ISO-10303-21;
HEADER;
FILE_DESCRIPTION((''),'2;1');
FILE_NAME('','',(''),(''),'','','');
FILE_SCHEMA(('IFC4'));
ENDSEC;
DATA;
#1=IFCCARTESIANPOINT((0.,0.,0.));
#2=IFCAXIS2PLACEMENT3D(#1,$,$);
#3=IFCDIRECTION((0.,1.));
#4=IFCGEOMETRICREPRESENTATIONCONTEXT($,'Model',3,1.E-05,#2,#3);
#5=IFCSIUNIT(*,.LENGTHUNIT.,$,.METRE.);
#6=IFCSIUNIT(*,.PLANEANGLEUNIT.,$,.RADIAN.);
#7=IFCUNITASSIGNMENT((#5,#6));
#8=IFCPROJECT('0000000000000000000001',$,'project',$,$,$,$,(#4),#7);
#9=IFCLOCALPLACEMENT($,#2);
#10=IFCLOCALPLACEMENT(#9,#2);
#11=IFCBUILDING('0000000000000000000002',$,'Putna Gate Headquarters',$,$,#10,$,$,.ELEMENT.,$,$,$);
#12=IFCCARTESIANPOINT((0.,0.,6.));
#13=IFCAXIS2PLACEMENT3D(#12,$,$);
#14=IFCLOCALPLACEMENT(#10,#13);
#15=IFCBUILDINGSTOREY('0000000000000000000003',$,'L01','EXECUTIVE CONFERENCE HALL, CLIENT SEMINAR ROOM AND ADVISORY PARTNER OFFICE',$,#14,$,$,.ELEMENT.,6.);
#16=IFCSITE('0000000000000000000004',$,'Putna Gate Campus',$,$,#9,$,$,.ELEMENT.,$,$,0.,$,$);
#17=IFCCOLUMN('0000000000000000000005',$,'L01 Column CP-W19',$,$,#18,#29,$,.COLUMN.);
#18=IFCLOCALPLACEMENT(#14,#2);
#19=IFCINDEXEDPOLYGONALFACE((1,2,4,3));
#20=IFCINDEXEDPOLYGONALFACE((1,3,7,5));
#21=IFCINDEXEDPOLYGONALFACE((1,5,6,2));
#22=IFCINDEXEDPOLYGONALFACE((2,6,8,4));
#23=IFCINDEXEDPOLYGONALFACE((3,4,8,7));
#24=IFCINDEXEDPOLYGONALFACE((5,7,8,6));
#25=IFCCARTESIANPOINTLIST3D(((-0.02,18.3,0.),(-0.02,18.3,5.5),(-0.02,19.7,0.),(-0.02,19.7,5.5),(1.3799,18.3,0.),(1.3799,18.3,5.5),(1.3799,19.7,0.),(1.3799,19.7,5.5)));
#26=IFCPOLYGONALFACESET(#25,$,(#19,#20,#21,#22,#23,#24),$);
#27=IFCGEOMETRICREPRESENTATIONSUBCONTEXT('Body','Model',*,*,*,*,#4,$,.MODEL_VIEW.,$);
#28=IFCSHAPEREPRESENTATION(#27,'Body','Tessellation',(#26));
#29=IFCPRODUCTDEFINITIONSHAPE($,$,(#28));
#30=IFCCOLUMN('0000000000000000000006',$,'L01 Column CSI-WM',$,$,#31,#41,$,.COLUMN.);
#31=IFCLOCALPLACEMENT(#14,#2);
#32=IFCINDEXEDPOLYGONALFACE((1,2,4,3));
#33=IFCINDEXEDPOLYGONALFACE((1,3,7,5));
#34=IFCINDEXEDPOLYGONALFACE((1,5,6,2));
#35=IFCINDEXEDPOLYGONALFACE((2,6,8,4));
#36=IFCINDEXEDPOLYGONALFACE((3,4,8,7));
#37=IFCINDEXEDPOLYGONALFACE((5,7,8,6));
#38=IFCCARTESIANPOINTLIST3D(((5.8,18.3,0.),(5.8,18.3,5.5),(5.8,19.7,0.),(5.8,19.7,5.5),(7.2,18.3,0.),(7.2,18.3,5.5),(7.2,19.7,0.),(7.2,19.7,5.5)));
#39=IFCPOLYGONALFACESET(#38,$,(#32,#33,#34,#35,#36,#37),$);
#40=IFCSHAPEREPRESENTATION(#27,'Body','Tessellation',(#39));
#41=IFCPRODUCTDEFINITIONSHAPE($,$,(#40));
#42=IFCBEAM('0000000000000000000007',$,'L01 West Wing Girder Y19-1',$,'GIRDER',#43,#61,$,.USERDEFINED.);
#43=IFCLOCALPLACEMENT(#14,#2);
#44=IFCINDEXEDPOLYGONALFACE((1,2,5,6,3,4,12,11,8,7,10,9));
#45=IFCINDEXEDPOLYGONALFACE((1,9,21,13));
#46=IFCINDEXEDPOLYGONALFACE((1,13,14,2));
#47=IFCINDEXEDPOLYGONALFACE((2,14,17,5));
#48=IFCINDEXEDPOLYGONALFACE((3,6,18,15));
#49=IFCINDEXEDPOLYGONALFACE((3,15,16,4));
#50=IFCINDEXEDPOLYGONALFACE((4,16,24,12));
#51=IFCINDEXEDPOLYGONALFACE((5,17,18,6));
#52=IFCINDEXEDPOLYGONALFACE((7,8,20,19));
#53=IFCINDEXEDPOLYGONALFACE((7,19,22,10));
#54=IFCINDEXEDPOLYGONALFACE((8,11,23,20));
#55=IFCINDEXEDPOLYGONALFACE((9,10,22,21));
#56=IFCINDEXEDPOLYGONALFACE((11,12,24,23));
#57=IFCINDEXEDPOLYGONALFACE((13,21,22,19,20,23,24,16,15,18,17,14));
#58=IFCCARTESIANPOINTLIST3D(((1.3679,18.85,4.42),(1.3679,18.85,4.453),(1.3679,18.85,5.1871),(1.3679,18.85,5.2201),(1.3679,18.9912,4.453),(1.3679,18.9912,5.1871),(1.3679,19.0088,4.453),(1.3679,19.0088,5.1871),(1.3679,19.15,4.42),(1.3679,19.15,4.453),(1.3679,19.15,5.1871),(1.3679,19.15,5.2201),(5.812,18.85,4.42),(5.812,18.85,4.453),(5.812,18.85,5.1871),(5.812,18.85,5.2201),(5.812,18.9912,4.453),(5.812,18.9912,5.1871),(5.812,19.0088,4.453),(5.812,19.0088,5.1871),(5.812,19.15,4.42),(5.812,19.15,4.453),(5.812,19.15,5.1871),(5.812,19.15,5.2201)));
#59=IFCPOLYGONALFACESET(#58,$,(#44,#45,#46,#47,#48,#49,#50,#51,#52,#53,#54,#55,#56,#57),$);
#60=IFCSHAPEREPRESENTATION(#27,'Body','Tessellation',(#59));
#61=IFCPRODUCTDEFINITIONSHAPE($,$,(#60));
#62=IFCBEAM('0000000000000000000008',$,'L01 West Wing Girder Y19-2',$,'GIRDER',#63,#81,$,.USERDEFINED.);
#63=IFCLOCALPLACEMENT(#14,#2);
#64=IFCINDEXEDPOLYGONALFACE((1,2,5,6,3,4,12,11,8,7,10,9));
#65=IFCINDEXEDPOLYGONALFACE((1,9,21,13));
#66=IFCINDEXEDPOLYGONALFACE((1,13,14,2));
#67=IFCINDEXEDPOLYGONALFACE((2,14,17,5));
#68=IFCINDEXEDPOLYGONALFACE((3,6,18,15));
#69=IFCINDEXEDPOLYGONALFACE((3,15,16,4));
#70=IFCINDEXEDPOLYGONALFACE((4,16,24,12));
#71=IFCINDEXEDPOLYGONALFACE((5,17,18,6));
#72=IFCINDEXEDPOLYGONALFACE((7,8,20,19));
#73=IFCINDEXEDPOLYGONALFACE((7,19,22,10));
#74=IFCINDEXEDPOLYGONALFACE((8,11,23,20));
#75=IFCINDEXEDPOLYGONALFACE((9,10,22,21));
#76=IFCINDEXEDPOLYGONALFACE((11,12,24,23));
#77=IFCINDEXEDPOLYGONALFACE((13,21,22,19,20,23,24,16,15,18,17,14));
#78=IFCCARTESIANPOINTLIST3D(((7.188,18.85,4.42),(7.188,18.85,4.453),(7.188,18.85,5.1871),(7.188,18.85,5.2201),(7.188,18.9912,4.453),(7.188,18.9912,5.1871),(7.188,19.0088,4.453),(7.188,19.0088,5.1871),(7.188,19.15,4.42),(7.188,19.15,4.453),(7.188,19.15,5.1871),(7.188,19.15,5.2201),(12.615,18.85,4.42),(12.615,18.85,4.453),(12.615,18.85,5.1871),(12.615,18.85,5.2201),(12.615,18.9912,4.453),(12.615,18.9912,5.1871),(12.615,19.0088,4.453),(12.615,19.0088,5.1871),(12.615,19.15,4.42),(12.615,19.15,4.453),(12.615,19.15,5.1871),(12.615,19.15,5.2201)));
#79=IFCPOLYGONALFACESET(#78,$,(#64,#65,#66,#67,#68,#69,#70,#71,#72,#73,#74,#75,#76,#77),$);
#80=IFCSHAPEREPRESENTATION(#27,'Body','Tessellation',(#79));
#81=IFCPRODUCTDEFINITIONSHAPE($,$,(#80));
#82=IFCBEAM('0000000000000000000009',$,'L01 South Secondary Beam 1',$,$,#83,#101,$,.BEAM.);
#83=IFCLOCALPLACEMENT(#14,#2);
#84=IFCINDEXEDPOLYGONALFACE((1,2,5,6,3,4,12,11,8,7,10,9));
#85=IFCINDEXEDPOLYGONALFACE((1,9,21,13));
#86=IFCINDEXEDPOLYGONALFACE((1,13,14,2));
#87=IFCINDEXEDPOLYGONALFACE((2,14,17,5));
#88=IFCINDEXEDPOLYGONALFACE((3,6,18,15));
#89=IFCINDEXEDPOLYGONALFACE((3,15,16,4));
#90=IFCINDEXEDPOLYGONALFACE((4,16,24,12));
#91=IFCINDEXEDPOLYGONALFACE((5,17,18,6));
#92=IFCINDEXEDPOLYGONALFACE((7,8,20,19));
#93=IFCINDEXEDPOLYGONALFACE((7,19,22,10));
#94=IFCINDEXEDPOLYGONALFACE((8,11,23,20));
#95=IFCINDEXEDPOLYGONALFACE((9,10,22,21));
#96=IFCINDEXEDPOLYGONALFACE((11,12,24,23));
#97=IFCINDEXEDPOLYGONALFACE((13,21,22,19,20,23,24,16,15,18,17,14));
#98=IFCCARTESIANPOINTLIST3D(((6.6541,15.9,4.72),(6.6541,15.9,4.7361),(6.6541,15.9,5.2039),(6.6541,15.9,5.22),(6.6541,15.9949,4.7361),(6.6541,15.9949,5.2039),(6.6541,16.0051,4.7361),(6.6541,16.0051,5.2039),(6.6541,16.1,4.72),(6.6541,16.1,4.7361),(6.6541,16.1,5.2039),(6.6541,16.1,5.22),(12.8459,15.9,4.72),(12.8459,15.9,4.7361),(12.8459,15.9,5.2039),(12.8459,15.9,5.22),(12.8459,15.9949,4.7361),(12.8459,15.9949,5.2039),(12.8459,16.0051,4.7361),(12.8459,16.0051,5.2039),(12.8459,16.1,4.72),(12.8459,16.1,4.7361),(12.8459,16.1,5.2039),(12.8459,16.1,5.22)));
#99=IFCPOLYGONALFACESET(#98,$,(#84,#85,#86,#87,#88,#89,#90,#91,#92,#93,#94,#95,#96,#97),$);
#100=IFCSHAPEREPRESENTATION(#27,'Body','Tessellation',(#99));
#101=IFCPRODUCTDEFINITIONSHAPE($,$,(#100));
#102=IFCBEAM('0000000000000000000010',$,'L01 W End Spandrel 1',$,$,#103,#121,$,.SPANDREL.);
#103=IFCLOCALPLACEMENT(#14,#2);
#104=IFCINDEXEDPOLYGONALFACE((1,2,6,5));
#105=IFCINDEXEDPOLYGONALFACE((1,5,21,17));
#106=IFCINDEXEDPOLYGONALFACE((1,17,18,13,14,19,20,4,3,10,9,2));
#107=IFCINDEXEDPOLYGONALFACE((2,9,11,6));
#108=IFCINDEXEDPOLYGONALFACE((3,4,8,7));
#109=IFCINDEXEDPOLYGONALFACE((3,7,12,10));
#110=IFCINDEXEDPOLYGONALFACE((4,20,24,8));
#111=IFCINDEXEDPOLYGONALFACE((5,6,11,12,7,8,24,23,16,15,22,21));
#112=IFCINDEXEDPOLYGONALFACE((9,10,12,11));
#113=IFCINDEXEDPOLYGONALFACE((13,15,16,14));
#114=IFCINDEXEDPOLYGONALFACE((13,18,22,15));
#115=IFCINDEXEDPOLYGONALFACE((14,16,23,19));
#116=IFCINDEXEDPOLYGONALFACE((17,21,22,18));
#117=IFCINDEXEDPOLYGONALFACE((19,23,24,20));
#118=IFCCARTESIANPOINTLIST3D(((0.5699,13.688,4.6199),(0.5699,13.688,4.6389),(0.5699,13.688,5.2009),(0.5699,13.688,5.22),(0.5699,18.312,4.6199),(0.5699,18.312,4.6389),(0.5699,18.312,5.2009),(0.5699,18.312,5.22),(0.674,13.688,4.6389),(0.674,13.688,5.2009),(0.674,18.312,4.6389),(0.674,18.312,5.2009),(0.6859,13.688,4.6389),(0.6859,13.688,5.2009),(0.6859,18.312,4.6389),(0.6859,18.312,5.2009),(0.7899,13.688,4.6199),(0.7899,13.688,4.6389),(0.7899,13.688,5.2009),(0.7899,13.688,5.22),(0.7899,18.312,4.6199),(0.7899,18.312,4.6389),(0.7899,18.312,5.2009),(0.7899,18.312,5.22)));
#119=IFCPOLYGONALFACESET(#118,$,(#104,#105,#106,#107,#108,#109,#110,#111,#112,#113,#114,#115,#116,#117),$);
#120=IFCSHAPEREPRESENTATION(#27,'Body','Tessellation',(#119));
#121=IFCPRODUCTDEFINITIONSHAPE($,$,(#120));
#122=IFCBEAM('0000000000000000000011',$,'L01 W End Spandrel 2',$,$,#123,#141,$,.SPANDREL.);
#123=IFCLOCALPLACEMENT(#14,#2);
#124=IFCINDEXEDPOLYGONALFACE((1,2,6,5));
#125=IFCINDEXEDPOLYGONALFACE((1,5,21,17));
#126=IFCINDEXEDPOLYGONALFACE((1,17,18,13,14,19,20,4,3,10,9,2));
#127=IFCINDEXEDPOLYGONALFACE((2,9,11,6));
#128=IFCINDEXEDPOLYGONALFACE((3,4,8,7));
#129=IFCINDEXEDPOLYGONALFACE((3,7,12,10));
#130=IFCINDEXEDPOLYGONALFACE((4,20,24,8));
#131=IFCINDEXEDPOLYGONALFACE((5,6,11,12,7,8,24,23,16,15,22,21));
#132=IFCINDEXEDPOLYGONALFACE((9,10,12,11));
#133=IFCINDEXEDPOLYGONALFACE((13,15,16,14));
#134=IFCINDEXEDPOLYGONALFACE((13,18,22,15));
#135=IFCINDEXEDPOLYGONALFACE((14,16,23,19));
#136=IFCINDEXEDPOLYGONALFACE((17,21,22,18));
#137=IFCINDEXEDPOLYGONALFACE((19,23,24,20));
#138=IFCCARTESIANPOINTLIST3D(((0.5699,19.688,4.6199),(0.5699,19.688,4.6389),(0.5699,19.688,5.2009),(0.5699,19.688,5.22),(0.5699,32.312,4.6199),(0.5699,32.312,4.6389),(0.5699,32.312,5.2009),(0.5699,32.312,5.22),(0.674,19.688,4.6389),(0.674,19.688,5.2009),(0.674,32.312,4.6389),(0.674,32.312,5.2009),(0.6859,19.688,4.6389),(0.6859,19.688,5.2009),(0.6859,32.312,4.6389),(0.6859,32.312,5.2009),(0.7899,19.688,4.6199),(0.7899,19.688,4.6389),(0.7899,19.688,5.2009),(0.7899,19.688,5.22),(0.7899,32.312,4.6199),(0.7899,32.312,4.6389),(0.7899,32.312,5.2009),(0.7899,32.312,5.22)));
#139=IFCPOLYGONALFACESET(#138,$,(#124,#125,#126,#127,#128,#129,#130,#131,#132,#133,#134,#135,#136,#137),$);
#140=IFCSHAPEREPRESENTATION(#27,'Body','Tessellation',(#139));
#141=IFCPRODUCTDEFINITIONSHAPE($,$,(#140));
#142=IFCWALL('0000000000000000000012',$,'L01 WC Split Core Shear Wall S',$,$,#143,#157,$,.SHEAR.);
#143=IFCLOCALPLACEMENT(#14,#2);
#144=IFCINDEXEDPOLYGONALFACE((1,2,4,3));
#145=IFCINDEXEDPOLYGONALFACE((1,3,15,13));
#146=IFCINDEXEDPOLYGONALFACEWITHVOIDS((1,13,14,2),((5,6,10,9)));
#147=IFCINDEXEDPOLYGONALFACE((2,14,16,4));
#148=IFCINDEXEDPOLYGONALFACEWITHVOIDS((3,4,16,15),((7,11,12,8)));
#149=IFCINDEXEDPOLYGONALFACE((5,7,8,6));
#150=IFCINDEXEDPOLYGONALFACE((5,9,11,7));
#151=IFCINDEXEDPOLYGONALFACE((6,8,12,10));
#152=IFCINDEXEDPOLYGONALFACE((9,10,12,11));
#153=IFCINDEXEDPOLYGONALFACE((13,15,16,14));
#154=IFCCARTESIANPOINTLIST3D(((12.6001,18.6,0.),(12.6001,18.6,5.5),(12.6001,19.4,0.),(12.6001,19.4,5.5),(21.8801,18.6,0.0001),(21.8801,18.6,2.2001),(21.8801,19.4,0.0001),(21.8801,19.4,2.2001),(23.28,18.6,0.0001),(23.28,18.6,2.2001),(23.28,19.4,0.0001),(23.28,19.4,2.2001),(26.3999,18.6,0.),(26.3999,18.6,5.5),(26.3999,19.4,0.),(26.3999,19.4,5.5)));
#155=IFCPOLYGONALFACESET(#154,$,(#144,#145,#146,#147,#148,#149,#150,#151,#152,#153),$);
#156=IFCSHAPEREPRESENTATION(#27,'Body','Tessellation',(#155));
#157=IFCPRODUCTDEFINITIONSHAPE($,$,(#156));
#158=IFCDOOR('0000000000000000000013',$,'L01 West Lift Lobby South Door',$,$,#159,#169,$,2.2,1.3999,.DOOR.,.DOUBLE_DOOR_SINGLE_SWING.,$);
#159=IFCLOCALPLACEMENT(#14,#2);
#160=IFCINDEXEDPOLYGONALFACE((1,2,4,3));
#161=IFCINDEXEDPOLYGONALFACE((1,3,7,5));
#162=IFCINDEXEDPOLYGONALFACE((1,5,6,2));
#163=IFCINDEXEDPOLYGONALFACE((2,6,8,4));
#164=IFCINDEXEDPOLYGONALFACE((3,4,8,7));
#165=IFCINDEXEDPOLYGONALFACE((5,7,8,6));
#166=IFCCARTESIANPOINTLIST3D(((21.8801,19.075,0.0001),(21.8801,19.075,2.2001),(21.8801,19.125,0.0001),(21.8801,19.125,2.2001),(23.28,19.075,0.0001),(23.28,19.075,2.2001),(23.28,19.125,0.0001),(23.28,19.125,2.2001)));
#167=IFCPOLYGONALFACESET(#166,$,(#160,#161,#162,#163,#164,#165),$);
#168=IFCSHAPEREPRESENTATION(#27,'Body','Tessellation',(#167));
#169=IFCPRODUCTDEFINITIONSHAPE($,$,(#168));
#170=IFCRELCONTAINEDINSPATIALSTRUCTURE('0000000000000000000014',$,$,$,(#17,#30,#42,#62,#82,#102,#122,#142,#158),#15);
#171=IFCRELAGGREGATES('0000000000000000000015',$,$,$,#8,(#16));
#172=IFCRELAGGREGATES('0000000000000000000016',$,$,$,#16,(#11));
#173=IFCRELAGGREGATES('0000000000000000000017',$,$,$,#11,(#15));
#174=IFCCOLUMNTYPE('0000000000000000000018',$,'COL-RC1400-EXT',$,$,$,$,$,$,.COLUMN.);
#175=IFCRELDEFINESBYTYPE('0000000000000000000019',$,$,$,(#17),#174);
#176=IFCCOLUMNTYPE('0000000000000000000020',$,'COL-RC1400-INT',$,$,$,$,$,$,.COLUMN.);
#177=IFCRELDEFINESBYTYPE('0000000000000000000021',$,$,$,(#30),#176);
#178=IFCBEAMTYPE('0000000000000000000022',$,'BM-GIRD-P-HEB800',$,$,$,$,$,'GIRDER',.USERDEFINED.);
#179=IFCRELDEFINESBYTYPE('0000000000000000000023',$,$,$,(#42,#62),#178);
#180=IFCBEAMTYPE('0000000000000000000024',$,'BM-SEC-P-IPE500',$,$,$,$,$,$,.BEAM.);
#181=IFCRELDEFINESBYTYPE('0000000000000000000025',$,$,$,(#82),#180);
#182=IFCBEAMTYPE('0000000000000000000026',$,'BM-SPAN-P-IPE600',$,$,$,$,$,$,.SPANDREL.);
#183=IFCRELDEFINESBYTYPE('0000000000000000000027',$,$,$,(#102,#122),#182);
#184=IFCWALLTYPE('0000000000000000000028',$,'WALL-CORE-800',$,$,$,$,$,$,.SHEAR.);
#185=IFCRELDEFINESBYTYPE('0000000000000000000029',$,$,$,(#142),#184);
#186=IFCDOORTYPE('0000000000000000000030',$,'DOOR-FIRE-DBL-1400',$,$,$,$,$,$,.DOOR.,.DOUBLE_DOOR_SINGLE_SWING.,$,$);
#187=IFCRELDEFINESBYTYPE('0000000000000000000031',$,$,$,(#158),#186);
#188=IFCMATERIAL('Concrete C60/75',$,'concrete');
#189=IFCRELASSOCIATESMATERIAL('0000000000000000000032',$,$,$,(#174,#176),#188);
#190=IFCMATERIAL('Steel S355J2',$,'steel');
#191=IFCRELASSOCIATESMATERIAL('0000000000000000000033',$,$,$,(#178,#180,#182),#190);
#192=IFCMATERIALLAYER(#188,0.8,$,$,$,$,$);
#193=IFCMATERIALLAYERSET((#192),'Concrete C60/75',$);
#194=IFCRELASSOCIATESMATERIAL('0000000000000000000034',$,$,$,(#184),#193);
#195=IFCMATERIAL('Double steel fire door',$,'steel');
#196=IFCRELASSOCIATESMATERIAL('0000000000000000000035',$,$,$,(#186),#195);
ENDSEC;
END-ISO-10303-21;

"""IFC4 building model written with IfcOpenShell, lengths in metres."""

from ifc_helpers import new_model, si_unit, direction, frame, frame_2d, origin, origin_2d, place, context, subcontext, project, spatial, rectangle, i_section, extrude, material, layer, layer_set, material_profile, profile_set, type_object, element, fill, save


model = new_model("IFC4")

# Units and contexts
model_context = context("Model", 3, precision=1e-05, world=origin(), true_north=direction((0.0, 1.0)))
body_context = subcontext(model_context, "Body", "Model", "MODEL_VIEW")
ifc_project = project(units=[si_unit("LENGTHUNIT", "METRE"), si_unit("PLANEANGLEUNIT", "RADIAN")], contexts=[model_context])

# Site, building, storey
site_placement = place(None, origin())
site = spatial("IfcSite", under=ifc_project, at=site_placement, Name="Putna Gate Campus", CompositionType="ELEMENT", RefElevation=0.0)
building_placement = place(site_placement, origin())
building = spatial("IfcBuilding", under=site, at=building_placement, Name="Putna Gate Headquarters", CompositionType="ELEMENT")
storey_placement = place(building_placement, frame((0.0, 0.0, 6.0)))
storey = spatial("IfcBuildingStorey", under=building, at=storey_placement, Name="L01", Description="EXECUTIVE CONFERENCE HALL, CLIENT SEMINAR ROOM AND ADVISORY PARTNER OFFICE", CompositionType="ELEMENT", Elevation=6.0)

# Columns
ifc_material_1 = material(Name="Concrete C60/75", Category="concrete")
ifc_material_profile_1 = material_profile(ifc_material_1, rectangle(XDim=1.3999, YDim=1.3999, at=origin_2d()), Name="Concrete C60/75")
ifc_profile_set_1 = profile_set([ifc_material_profile_1], Name="Concrete C60/75")
column_type_1 = type_object("IfcColumnType", Name="COL-RC1400-EXT", PredefinedType="COLUMN", material=ifc_profile_set_1)
column_1_placement = place(storey_placement, frame((0.6799, 19.0, 0.0), z_axis=(0.0, 0.0, 1.0), x_axis=(1.0, 0.0, 0.0)))
element("IfcColumn", 1, at=column_1_placement, inside=storey, type_object=column_type_1, Name="L01 Column CP-W19", PredefinedType="COLUMN", context=body_context, shape_type="SweptSolid", body=[
    extrude(rectangle(XDim=1.3999, YDim=1.3999, at=origin_2d()), origin(), (0.0, 0.0, 1.0), 5.5),
])
ifc_material_profile_2 = material_profile(ifc_material_1, rectangle(XDim=1.3999, YDim=1.3999, at=origin_2d()), Name="Concrete C60/75")
ifc_profile_set_2 = profile_set([ifc_material_profile_2], Name="Concrete C60/75")
column_type_2 = type_object("IfcColumnType", Name="COL-RC1400-INT", PredefinedType="COLUMN", material=ifc_profile_set_2)
column_2_placement = place(storey_placement, frame((6.5, 19.0, 0.0), z_axis=(0.0, 0.0, 1.0), x_axis=(1.0, 0.0, 0.0)))
element("IfcColumn", 2, at=column_2_placement, inside=storey, type_object=column_type_2, Name="L01 Column CSI-WM", PredefinedType="COLUMN", context=body_context, shape_type="SweptSolid", body=[
    extrude(rectangle(XDim=1.3999, YDim=1.3999, at=origin_2d()), origin(), (0.0, 0.0, 1.0), 5.5),
])

# Beams
ifc_material_2 = material(Name="Steel S355J2", Category="steel")
ifc_material_profile_3 = material_profile(ifc_material_2, i_section(OverallWidth=0.3, OverallDepth=0.8, WebThickness=0.0176, FlangeThickness=0.033, at=origin_2d()), Name="Steel S355J2")
ifc_profile_set_3 = profile_set([ifc_material_profile_3], Name="Steel S355J2")
beam_type_1 = type_object("IfcBeamType", Name="BM-GIRD-P-HEB800", ElementType="GIRDER", PredefinedType="USERDEFINED", material=ifc_profile_set_3)
beam_1_placement = place(storey_placement, frame((1.3679, 19.0, 4.8201), z_axis=(1.0, 0.0, 0.0), x_axis=(0.0, 1.0, 0.0)))
element("IfcBeam", 3, at=beam_1_placement, inside=storey, type_object=beam_type_1, Name="L01 West Wing Girder Y19-1", ObjectType="GIRDER", PredefinedType="USERDEFINED", context=body_context, shape_type="SweptSolid", body=[
    extrude(i_section(OverallWidth=0.3, OverallDepth=0.8, WebThickness=0.0176, FlangeThickness=0.033, at=origin_2d()), origin(), (0.0, 0.0, 1.0), 4.4441),
])
beam_2_placement = place(storey_placement, frame((7.188, 19.0, 4.8201), z_axis=(1.0, 0.0, 0.0), x_axis=(0.0, 1.0, 0.0)))
element("IfcBeam", 4, at=beam_2_placement, inside=storey, type_object=beam_type_1, Name="L01 West Wing Girder Y19-2", ObjectType="GIRDER", PredefinedType="USERDEFINED", context=body_context, shape_type="SweptSolid", body=[
    extrude(i_section(OverallWidth=0.3, OverallDepth=0.8, WebThickness=0.0176, FlangeThickness=0.033, at=origin_2d()), origin(), (0.0, 0.0, 1.0), 5.427),
])
ifc_material_profile_4 = material_profile(ifc_material_2, i_section(OverallWidth=0.2, OverallDepth=0.5, WebThickness=0.0103, FlangeThickness=0.0161, at=origin_2d()), Name="Steel S355J2")
ifc_profile_set_4 = profile_set([ifc_material_profile_4], Name="Steel S355J2")
beam_type_2 = type_object("IfcBeamType", Name="BM-SEC-P-IPE500", PredefinedType="BEAM", material=ifc_profile_set_4)
beam_3_placement = place(storey_placement, frame((6.6541, 16.0, 4.97), z_axis=(1.0, 0.0, 0.0), x_axis=(0.0, 1.0, 0.0)))
element("IfcBeam", 5, at=beam_3_placement, inside=storey, type_object=beam_type_2, Name="L01 South Secondary Beam 1", PredefinedType="BEAM", context=body_context, shape_type="SweptSolid", body=[
    extrude(i_section(OverallWidth=0.2, OverallDepth=0.5, WebThickness=0.0103, FlangeThickness=0.0161, at=origin_2d()), origin(), (0.0, 0.0, 1.0), 6.1919),
])
ifc_material_profile_5 = material_profile(ifc_material_2, i_section(OverallWidth=0.22, OverallDepth=0.6001, WebThickness=0.012, FlangeThickness=0.019, at=origin_2d()), Name="Steel S355J2")
ifc_profile_set_5 = profile_set([ifc_material_profile_5], Name="Steel S355J2")
beam_type_3 = type_object("IfcBeamType", Name="BM-SPAN-P-IPE600", PredefinedType="SPANDREL", material=ifc_profile_set_5)
beam_4_placement = place(storey_placement, frame((0.6799, 13.688, 4.9199), z_axis=(0.0, 1.0, 0.0), x_axis=(-1.0, 0.0, 0.0)))
element("IfcBeam", 6, at=beam_4_placement, inside=storey, type_object=beam_type_3, Name="L01 W End Spandrel 1", PredefinedType="SPANDREL", context=body_context, shape_type="SweptSolid", body=[
    extrude(i_section(OverallWidth=0.22, OverallDepth=0.6001, WebThickness=0.012, FlangeThickness=0.019, at=origin_2d()), origin(), (0.0, 0.0, 1.0), 4.624),
])
beam_5_placement = place(storey_placement, frame((0.6799, 19.688, 4.9199), z_axis=(0.0, 1.0, 0.0), x_axis=(-1.0, 0.0, 0.0)))
element("IfcBeam", 7, at=beam_5_placement, inside=storey, type_object=beam_type_3, Name="L01 W End Spandrel 2", PredefinedType="SPANDREL", context=body_context, shape_type="SweptSolid", body=[
    extrude(i_section(OverallWidth=0.22, OverallDepth=0.6001, WebThickness=0.012, FlangeThickness=0.019, at=origin_2d()), origin(), (0.0, 0.0, 1.0), 12.624),
])

# Wall, opening, door
ifc_layer_1 = layer(ifc_material_1, 0.8)
ifc_layer_set_1 = layer_set([ifc_layer_1], Name="Concrete C60/75")
wall_type_1 = type_object("IfcWallType", Name="WALL-CORE-800", PredefinedType="SHEAR", material=ifc_layer_set_1)
wall_1_placement = place(storey_placement, frame((12.6001, 19.0, 0.0), z_axis=(0.0, 0.0, 1.0), x_axis=(1.0, 0.0, 0.0)))
wall_1 = element("IfcWall", 8, at=wall_1_placement, inside=storey, type_object=wall_type_1, Name="L01 WC Split Core Shear Wall S", PredefinedType="SHEAR", context=body_context, shape_type="SweptSolid", body=[
    extrude(rectangle(XDim=13.7998, YDim=0.8, at=frame_2d((6.8999, 0.0))), origin(), (0.0, 0.0, 1.0), 5.5),
])
opening_1_placement = place(wall_1_placement, frame((9.28, 0.0, 0.0)))
opening_1 = element("IfcOpeningElement", 9, at=opening_1_placement, cuts=wall_1, PredefinedType="OPENING", context=body_context, shape_type="SweptSolid", body=[
    extrude(rectangle(XDim=1.3999, YDim=2.2, at=frame_2d((0.7, 1.1001))), frame((0.0, 0.4099, 0.0), z_axis=(0.0, -1.0, 0.0), x_axis=(1.0, 0.0, 0.0)), (0.0, 0.0, 1.0), 0.8201),
])
ifc_material_3 = material(Name="Double steel fire door", Category="steel")
door_type_1 = type_object("IfcDoorType", Name="DOOR-FIRE-DBL-1400", OperationType="DOUBLE_DOOR_SINGLE_SWING", PredefinedType="DOOR", material=ifc_material_3)
door_1_placement = place(opening_1_placement, origin())
door_1 = element("IfcDoor", 10, at=door_1_placement, inside=storey, type_object=door_type_1, Name="L01 West Lift Lobby South Door", OperationType="DOUBLE_DOOR_SINGLE_SWING", OverallHeight=2.2, OverallWidth=1.3999, PredefinedType="DOOR", context=body_context, shape_type="SweptSolid", body=[
    extrude(rectangle(XDim=1.3999, YDim=2.2, at=frame_2d((0.7, 1.1001))), frame((0.0, 0.125, 0.0), z_axis=(0.0, -1.0, 0.0), x_axis=(1.0, 0.0, 0.0)), (0.0, 0.0, 1.0), 0.05),
])
fill(opening_1, door_1)

save(model, "model.ifc")
